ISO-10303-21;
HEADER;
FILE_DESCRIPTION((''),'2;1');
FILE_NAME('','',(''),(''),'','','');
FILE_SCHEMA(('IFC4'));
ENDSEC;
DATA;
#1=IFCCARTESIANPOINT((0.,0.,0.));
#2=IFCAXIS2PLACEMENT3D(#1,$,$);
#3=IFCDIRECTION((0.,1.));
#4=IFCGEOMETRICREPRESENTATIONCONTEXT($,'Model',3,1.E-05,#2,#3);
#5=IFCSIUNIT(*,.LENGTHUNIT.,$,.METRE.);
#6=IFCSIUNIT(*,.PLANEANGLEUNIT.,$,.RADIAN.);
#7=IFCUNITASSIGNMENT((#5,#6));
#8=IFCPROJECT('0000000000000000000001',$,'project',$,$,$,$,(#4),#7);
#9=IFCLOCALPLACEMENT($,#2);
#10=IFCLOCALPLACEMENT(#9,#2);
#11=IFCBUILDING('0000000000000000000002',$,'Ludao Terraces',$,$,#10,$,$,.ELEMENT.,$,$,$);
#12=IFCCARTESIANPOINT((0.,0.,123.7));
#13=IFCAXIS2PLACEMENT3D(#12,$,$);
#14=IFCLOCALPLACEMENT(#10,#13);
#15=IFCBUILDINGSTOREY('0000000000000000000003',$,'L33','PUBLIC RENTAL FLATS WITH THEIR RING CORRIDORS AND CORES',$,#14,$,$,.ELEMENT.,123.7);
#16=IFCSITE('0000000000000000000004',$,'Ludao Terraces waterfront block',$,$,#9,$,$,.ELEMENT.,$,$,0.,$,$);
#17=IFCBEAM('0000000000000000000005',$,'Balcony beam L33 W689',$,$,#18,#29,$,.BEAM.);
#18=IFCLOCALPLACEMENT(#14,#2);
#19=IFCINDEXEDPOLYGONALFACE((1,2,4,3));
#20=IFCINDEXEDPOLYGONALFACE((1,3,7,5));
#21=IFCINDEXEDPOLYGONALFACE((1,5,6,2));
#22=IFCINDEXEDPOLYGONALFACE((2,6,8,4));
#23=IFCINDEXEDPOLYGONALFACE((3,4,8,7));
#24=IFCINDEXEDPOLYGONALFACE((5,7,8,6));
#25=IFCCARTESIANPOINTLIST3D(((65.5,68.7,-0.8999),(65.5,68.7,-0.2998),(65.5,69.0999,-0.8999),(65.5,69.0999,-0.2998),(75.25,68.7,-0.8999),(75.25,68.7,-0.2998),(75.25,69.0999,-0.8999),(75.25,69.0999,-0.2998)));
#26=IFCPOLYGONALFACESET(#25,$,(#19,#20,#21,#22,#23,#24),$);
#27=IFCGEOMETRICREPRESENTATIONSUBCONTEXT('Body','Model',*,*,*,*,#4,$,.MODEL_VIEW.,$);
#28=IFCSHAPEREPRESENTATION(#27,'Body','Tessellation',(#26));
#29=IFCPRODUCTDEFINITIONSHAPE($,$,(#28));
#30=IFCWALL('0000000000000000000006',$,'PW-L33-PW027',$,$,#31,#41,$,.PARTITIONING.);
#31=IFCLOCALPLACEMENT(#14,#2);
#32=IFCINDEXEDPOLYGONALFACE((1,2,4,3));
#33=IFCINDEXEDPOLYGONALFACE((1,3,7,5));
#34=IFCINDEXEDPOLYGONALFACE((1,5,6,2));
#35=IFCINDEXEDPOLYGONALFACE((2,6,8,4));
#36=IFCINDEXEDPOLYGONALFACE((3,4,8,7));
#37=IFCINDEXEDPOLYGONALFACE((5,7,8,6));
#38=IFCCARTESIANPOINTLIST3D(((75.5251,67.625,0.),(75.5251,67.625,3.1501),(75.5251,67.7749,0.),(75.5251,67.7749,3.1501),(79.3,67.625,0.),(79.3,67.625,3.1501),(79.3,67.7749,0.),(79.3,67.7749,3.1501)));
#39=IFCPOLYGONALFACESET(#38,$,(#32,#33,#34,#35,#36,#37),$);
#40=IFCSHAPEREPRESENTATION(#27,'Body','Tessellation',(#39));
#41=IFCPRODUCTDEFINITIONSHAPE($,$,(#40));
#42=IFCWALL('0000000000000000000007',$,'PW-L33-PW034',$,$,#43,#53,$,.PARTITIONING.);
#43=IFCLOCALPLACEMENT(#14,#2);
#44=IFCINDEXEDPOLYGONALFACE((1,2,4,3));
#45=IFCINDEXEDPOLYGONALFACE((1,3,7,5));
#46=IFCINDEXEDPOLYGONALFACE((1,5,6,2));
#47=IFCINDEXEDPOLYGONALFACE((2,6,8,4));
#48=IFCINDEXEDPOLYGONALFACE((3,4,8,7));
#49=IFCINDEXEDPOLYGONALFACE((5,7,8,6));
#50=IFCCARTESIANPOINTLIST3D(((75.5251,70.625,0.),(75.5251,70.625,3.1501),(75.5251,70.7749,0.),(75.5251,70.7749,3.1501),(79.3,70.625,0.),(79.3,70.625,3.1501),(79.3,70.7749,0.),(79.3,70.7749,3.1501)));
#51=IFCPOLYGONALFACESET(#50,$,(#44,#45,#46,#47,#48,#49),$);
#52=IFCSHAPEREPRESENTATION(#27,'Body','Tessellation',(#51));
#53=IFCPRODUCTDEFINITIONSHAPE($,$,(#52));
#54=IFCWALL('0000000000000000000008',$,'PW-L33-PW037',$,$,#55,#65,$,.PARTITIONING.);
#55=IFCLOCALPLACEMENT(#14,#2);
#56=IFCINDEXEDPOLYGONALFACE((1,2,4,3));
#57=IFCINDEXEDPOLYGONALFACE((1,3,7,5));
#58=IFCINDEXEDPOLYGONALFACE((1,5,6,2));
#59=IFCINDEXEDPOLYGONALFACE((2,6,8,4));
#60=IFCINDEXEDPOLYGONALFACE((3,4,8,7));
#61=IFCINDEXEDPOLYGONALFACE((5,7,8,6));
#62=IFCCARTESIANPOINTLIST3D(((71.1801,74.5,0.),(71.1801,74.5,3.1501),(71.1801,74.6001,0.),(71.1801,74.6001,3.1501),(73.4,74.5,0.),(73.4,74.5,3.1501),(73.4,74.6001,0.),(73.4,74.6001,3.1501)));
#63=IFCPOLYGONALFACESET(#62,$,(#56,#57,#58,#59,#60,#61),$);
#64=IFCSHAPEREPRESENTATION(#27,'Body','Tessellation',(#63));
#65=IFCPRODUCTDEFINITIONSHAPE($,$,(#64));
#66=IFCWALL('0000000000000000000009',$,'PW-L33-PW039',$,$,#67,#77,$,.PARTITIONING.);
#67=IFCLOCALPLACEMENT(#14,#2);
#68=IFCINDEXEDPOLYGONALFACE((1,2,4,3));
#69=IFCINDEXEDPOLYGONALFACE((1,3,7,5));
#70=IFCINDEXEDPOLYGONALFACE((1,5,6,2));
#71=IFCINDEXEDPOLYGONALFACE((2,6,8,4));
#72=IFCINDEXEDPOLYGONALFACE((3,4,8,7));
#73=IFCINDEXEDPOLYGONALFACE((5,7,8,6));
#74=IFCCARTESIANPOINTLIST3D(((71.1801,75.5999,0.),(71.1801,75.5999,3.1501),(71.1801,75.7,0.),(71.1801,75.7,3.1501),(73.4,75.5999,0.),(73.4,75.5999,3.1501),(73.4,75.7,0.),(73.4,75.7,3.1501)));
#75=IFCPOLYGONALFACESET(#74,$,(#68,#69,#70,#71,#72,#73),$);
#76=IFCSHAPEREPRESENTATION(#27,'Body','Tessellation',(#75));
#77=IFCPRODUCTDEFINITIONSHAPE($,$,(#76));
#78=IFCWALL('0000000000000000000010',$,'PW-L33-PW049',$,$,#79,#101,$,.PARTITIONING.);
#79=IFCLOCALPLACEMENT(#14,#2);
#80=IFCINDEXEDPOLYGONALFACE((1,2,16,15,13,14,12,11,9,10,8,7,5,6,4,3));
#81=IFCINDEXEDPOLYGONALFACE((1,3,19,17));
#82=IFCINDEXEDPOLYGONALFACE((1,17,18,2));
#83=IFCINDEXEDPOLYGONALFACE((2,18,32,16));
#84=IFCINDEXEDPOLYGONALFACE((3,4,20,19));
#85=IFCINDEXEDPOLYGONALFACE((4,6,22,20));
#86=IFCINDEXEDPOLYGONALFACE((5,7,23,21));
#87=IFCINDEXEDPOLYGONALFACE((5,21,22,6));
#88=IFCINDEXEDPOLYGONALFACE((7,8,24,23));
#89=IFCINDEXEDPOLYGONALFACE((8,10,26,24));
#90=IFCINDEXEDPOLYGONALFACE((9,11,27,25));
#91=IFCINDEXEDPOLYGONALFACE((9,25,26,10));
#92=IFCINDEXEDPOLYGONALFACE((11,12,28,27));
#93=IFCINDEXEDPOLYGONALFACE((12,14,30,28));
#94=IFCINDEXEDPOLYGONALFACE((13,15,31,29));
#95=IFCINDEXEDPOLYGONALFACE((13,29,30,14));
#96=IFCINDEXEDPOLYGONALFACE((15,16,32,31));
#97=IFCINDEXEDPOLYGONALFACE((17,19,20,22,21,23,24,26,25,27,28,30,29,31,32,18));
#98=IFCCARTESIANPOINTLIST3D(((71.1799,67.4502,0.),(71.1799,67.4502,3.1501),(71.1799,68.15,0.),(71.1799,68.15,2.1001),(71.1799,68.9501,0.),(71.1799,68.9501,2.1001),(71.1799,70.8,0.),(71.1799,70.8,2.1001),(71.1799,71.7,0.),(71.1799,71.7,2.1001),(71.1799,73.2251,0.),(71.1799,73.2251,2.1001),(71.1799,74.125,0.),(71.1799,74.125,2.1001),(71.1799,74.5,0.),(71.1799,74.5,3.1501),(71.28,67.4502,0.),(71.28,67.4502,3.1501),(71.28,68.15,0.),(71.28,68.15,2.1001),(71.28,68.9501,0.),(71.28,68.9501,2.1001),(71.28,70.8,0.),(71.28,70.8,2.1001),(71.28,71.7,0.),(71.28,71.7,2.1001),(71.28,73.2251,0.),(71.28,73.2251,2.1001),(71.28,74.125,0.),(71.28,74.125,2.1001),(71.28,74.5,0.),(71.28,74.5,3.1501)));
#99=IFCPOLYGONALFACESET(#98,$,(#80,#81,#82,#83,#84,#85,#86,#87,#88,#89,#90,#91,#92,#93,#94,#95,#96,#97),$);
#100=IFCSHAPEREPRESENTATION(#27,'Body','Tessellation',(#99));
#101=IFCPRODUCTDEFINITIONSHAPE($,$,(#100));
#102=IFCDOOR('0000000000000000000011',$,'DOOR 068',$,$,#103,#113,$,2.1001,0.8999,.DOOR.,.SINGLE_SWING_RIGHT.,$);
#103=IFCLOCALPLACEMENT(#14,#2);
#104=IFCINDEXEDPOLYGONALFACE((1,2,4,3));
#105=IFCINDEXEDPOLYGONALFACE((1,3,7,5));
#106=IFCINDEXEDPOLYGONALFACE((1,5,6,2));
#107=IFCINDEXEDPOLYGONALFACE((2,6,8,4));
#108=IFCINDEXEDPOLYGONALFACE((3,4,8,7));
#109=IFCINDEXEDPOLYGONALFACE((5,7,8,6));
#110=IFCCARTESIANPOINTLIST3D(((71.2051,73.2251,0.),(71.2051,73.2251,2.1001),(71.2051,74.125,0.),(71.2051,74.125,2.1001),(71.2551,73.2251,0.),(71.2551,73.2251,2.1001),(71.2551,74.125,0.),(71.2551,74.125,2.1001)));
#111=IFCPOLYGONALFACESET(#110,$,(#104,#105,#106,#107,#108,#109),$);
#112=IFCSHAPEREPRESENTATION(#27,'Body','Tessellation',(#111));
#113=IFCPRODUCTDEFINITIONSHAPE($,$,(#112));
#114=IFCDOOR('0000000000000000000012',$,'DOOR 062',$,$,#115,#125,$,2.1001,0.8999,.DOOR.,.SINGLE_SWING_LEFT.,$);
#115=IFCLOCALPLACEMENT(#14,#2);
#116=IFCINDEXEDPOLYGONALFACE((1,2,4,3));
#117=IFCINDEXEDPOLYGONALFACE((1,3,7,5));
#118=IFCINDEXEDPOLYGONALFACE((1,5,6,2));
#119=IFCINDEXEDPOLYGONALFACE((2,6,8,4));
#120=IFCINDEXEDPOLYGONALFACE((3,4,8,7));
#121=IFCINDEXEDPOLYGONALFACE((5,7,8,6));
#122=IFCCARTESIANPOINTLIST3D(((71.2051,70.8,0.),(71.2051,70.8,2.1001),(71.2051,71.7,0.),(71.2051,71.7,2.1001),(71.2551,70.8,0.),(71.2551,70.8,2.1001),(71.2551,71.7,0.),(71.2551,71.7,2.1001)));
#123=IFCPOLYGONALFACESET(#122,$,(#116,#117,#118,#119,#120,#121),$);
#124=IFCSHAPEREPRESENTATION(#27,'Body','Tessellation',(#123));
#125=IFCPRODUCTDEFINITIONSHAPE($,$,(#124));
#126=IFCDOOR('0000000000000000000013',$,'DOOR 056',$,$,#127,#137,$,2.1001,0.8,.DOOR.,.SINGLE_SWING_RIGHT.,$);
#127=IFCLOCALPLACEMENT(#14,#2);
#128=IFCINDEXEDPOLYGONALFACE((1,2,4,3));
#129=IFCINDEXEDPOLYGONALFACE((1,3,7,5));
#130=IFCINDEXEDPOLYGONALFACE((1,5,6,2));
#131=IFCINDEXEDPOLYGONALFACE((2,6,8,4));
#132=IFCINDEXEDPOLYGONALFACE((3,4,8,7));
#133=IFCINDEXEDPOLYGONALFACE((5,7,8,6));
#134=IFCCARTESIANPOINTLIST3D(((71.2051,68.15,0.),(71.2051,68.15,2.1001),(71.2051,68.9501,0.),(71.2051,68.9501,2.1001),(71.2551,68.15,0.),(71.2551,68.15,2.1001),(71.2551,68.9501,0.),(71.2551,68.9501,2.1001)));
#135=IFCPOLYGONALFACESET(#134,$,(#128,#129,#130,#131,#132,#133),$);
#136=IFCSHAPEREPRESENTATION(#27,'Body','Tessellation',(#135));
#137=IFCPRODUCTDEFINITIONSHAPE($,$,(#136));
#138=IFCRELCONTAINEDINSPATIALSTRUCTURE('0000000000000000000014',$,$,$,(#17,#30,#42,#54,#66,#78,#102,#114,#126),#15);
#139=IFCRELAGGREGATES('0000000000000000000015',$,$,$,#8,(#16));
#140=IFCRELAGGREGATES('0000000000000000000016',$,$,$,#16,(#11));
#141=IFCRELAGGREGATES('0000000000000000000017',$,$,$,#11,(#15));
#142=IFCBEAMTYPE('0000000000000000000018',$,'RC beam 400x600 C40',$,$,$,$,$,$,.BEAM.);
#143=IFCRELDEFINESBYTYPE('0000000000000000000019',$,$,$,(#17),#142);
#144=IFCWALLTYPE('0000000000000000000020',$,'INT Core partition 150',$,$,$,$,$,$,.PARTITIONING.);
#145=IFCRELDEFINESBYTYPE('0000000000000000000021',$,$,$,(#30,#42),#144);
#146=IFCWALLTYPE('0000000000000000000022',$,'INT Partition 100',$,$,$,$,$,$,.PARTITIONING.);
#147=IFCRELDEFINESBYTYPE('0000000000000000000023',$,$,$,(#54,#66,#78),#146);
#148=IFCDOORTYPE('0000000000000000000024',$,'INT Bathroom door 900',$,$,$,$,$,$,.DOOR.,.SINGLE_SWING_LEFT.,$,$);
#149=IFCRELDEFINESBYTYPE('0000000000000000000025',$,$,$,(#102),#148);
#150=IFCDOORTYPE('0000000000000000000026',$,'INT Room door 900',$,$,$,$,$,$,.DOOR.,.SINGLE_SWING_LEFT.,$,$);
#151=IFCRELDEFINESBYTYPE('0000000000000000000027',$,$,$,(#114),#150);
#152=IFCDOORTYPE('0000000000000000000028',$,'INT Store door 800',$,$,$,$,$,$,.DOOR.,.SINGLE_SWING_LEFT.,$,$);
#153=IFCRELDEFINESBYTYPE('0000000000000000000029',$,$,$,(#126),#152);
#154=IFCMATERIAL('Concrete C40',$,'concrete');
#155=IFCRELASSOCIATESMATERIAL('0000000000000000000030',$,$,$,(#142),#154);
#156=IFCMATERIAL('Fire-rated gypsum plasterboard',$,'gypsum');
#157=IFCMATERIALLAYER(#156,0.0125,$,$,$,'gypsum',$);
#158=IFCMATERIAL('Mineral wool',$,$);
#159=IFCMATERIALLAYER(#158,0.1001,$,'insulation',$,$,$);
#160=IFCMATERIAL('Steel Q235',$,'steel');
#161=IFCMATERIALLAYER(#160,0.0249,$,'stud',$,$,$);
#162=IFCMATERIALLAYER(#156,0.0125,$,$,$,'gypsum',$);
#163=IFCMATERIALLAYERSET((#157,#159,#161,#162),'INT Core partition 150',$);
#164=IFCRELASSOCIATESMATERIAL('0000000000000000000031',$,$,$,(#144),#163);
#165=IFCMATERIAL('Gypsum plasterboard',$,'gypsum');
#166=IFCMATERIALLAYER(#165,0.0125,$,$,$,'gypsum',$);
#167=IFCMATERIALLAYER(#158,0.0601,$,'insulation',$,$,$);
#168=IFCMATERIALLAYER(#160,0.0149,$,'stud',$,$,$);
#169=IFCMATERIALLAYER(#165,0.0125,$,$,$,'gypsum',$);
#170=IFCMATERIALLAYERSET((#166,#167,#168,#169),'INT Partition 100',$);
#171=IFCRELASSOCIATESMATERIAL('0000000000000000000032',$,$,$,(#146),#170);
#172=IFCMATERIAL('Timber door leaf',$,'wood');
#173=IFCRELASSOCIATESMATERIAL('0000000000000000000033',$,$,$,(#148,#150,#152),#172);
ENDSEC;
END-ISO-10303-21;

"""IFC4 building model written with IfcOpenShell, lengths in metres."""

from ifc_helpers import new_model, si_unit, direction, frame, frame_2d, origin, origin_2d, place, context, subcontext, project, spatial, rectangle, extrude, material, layer, layer_set, material_profile, profile_set, type_object, element, fill, save


model = new_model("IFC4")

# Units and contexts
model_context = context("Model", 3, precision=1e-05, world=origin(), true_north=direction((0.0, 1.0)))
body_context = subcontext(model_context, "Body", "Model", "MODEL_VIEW")
ifc_project = project(units=[si_unit("LENGTHUNIT", "METRE"), si_unit("PLANEANGLEUNIT", "RADIAN")], contexts=[model_context])

# Site, building, storey
site_placement = place(None, origin())
site = spatial("IfcSite", under=ifc_project, at=site_placement, Name="Ludao Terraces waterfront block", CompositionType="ELEMENT", RefElevation=0.0)
building_placement = place(site_placement, origin())
building = spatial("IfcBuilding", under=site, at=building_placement, Name="Ludao Terraces", CompositionType="ELEMENT")
storey_placement = place(building_placement, frame((0.0, 0.0, 123.7)))
storey = spatial("IfcBuildingStorey", under=building, at=storey_placement, Name="L33", Description="PUBLIC RENTAL FLATS WITH THEIR RING CORRIDORS AND CORES", CompositionType="ELEMENT", Elevation=123.7)

# Beam
ifc_material_1 = material(Name="Concrete C40", Category="concrete")
ifc_material_profile = material_profile(ifc_material_1, rectangle(XDim=0.3999, YDim=0.6001, at=origin_2d()), Name="400 X 600")
ifc_profile_set = profile_set([ifc_material_profile], Name="Concrete C40")
beam_type = type_object("IfcBeamType", Name="RC beam 400x600 C40", PredefinedType="BEAM", material=ifc_profile_set)
beam_placement = place(storey_placement, frame((75.25, 68.8999, -0.5999), z_axis=(-1.0, 0.0, 0.0), x_axis=(0.0, -1.0, 0.0)))
element("IfcBeam", 1, at=beam_placement, inside=storey, type_object=beam_type, Name="Balcony beam L33 W689", PredefinedType="BEAM", context=body_context, shape_type="SweptSolid", body=[
    extrude(rectangle(XDim=0.3999, YDim=0.6001, at=origin_2d()), origin(), (0.0, 0.0, 1.0), 9.75),
])

# Walls
ifc_material_2 = material(Name="Fire-rated gypsum plasterboard", Category="gypsum")
ifc_layer_1 = layer(ifc_material_2, 0.0125, Category="gypsum")
ifc_material_3 = material(Name="Mineral wool")
ifc_layer_2 = layer(ifc_material_3, 0.1001, Name="insulation")
ifc_material_4 = material(Name="Steel Q235", Category="steel")
ifc_layer_3 = layer(ifc_material_4, 0.0249, Name="stud")
ifc_layer_4 = layer(ifc_material_2, 0.0125, Category="gypsum")
ifc_layer_set_1 = layer_set([ifc_layer_1, ifc_layer_2, ifc_layer_3, ifc_layer_4], Name="INT Core partition 150")
wall_type_1 = type_object("IfcWallType", Name="INT Core partition 150", PredefinedType="PARTITIONING", material=ifc_layer_set_1)
for number, where, z_axis, x_axis, name in (
    (2, (75.5251, 67.7, 0.0), (0.0, 0.0, 1.0), (1.0, 0.0, 0.0), "PW-L33-PW027"),
    (3, (75.5251, 70.7, 0.0), (0.0, 0.0, 1.0), (1.0, 0.0, 0.0), "PW-L33-PW034"),
):
    element("IfcWall", number, at=place(storey_placement, frame(where, z_axis=z_axis, x_axis=x_axis)), inside=storey, type_object=wall_type_1, Name=name, PredefinedType="PARTITIONING", context=body_context, shape_type="SweptSolid", body=[
        extrude(rectangle(XDim=3.7749, YDim=0.1499, at=frame_2d((1.8875, 0.0))), origin(), (0.0, 0.0, 1.0), 3.1501),
    ])
ifc_material_5 = material(Name="Gypsum plasterboard", Category="gypsum")
ifc_layer_5 = layer(ifc_material_5, 0.0125, Category="gypsum")
ifc_layer_6 = layer(ifc_material_3, 0.0601, Name="insulation")
ifc_layer_7 = layer(ifc_material_4, 0.0149, Name="stud")
ifc_layer_8 = layer(ifc_material_5, 0.0125, Category="gypsum")
ifc_layer_set_2 = layer_set([ifc_layer_5, ifc_layer_6, ifc_layer_7, ifc_layer_8], Name="INT Partition 100")
wall_type_2 = type_object("IfcWallType", Name="INT Partition 100", PredefinedType="PARTITIONING", material=ifc_layer_set_2)
for number, where, z_axis, x_axis, name in (
    (4, (71.1802, 74.55, 0.0), (0.0, 0.0, 1.0), (1.0, 0.0, 0.0), "PW-L33-PW037"),
    (5, (71.1802, 75.6499, 0.0), (0.0, 0.0, 1.0), (1.0, 0.0, 0.0), "PW-L33-PW039"),
):
    element("IfcWall", number, at=place(storey_placement, frame(where, z_axis=z_axis, x_axis=x_axis)), inside=storey, type_object=wall_type_2, Name=name, PredefinedType="PARTITIONING", context=body_context, shape_type="SweptSolid", body=[
        extrude(rectangle(XDim=2.22, YDim=0.1001, at=frame_2d((1.1099, 0.0))), origin(), (0.0, 0.0, 1.0), 3.1501),
    ])

# Wall, openings, doors
wall_1_placement = place(storey_placement, frame((71.23, 67.4502, 0.0), z_axis=(0.0, 0.0, 1.0), x_axis=(0.0, 1.0, 0.0)))
wall_1 = element("IfcWall", 6, at=wall_1_placement, inside=storey, type_object=wall_type_2, Name="PW-L33-PW049", PredefinedType="PARTITIONING", context=body_context, shape_type="SweptSolid", body=[
    extrude(rectangle(XDim=7.0498, YDim=0.1001, at=frame_2d((3.5249, 0.0))), origin(), (0.0, 0.0, 1.0), 3.1501),
])
opening_1_placement = place(wall_1_placement, frame((0.7, 0.0, 0.0)))
opening_1 = element("IfcOpeningElement", 7, at=opening_1_placement, cuts=wall_1, PredefinedType="OPENING", context=body_context, shape_type="SweptSolid", body=[
    extrude(rectangle(XDim=0.8, YDim=2.1001, at=frame_2d((0.3999, 1.05))), frame((0.0, 0.0601, 0.0), z_axis=(0.0, -1.0, 0.0), x_axis=(1.0, 0.0, 0.0)), (0.0, 0.0, 1.0), 0.1201),
])
opening_2_placement = place(wall_1_placement, frame((3.3499, 0.0, 0.0)))
opening_2 = element("IfcOpeningElement", 8, at=opening_2_placement, cuts=wall_1, PredefinedType="OPENING", context=body_context, shape_type="SweptSolid", body=[
    extrude(rectangle(XDim=0.8999, YDim=2.1001, at=frame_2d((0.45, 1.05))), frame((0.0, 0.0601, 0.0), z_axis=(0.0, -1.0, 0.0), x_axis=(1.0, 0.0, 0.0)), (0.0, 0.0, 1.0), 0.1201),
])
opening_3_placement = place(wall_1_placement, frame((5.7749, 0.0, 0.0)))
opening_3 = element("IfcOpeningElement", 9, at=opening_3_placement, cuts=wall_1, PredefinedType="OPENING", context=body_context, shape_type="SweptSolid", body=[
    extrude(rectangle(XDim=0.8999, YDim=2.1001, at=frame_2d((0.45, 1.05))), frame((0.0, 0.0601, 0.0), z_axis=(0.0, -1.0, 0.0), x_axis=(1.0, 0.0, 0.0)), (0.0, 0.0, 1.0), 0.1201),
])
ifc_material_6 = material(Name="Timber door leaf", Category="wood")
door_type_1 = type_object("IfcDoorType", Name="INT Bathroom door 900", OperationType="SINGLE_SWING_LEFT", PredefinedType="DOOR", material=ifc_material_6)
door_1_placement = place(opening_3_placement, origin())
door_1 = element("IfcDoor", 10, at=door_1_placement, inside=storey, type_object=door_type_1, Name="DOOR 068", OperationType="SINGLE_SWING_RIGHT", OverallHeight=2.1001, OverallWidth=0.8999, PredefinedType="DOOR", context=body_context, shape_type="SweptSolid", body=[
    extrude(rectangle(XDim=0.8999, YDim=2.1001, at=frame_2d((0.45, 1.05))), frame((0.0, 0.0249, 0.0), z_axis=(0.0, -1.0, 0.0), x_axis=(1.0, 0.0, 0.0)), (0.0, 0.0, 1.0), 0.05),
])
fill(opening_3, door_1)
door_type_2 = type_object("IfcDoorType", Name="INT Room door 900", OperationType="SINGLE_SWING_LEFT", PredefinedType="DOOR", material=ifc_material_6)
door_2_placement = place(opening_2_placement, origin())
door_2 = element("IfcDoor", 11, at=door_2_placement, inside=storey, type_object=door_type_2, Name="DOOR 062", OperationType="SINGLE_SWING_LEFT", OverallHeight=2.1001, OverallWidth=0.8999, PredefinedType="DOOR", context=body_context, shape_type="SweptSolid", body=[
    extrude(rectangle(XDim=0.8999, YDim=2.1001, at=frame_2d((0.45, 1.05))), frame((0.0, 0.0249, 0.0), z_axis=(0.0, -1.0, 0.0), x_axis=(1.0, 0.0, 0.0)), (0.0, 0.0, 1.0), 0.05),
])
fill(opening_2, door_2)
door_type_3 = type_object("IfcDoorType", Name="INT Store door 800", OperationType="SINGLE_SWING_LEFT", PredefinedType="DOOR", material=ifc_material_6)
door_3_placement = place(opening_1_placement, origin())
door_3 = element("IfcDoor", 12, at=door_3_placement, inside=storey, type_object=door_type_3, Name="DOOR 056", OperationType="SINGLE_SWING_RIGHT", OverallHeight=2.1001, OverallWidth=0.8, PredefinedType="DOOR", context=body_context, shape_type="SweptSolid", body=[
    extrude(rectangle(XDim=0.8, YDim=2.1001, at=frame_2d((0.3999, 1.05))), frame((0.0, 0.0249, 0.0), z_axis=(0.0, -1.0, 0.0), x_axis=(1.0, 0.0, 0.0)), (0.0, 0.0, 1.0), 0.05),
])
fill(opening_1, door_3)

save(model, "model.ifc")
